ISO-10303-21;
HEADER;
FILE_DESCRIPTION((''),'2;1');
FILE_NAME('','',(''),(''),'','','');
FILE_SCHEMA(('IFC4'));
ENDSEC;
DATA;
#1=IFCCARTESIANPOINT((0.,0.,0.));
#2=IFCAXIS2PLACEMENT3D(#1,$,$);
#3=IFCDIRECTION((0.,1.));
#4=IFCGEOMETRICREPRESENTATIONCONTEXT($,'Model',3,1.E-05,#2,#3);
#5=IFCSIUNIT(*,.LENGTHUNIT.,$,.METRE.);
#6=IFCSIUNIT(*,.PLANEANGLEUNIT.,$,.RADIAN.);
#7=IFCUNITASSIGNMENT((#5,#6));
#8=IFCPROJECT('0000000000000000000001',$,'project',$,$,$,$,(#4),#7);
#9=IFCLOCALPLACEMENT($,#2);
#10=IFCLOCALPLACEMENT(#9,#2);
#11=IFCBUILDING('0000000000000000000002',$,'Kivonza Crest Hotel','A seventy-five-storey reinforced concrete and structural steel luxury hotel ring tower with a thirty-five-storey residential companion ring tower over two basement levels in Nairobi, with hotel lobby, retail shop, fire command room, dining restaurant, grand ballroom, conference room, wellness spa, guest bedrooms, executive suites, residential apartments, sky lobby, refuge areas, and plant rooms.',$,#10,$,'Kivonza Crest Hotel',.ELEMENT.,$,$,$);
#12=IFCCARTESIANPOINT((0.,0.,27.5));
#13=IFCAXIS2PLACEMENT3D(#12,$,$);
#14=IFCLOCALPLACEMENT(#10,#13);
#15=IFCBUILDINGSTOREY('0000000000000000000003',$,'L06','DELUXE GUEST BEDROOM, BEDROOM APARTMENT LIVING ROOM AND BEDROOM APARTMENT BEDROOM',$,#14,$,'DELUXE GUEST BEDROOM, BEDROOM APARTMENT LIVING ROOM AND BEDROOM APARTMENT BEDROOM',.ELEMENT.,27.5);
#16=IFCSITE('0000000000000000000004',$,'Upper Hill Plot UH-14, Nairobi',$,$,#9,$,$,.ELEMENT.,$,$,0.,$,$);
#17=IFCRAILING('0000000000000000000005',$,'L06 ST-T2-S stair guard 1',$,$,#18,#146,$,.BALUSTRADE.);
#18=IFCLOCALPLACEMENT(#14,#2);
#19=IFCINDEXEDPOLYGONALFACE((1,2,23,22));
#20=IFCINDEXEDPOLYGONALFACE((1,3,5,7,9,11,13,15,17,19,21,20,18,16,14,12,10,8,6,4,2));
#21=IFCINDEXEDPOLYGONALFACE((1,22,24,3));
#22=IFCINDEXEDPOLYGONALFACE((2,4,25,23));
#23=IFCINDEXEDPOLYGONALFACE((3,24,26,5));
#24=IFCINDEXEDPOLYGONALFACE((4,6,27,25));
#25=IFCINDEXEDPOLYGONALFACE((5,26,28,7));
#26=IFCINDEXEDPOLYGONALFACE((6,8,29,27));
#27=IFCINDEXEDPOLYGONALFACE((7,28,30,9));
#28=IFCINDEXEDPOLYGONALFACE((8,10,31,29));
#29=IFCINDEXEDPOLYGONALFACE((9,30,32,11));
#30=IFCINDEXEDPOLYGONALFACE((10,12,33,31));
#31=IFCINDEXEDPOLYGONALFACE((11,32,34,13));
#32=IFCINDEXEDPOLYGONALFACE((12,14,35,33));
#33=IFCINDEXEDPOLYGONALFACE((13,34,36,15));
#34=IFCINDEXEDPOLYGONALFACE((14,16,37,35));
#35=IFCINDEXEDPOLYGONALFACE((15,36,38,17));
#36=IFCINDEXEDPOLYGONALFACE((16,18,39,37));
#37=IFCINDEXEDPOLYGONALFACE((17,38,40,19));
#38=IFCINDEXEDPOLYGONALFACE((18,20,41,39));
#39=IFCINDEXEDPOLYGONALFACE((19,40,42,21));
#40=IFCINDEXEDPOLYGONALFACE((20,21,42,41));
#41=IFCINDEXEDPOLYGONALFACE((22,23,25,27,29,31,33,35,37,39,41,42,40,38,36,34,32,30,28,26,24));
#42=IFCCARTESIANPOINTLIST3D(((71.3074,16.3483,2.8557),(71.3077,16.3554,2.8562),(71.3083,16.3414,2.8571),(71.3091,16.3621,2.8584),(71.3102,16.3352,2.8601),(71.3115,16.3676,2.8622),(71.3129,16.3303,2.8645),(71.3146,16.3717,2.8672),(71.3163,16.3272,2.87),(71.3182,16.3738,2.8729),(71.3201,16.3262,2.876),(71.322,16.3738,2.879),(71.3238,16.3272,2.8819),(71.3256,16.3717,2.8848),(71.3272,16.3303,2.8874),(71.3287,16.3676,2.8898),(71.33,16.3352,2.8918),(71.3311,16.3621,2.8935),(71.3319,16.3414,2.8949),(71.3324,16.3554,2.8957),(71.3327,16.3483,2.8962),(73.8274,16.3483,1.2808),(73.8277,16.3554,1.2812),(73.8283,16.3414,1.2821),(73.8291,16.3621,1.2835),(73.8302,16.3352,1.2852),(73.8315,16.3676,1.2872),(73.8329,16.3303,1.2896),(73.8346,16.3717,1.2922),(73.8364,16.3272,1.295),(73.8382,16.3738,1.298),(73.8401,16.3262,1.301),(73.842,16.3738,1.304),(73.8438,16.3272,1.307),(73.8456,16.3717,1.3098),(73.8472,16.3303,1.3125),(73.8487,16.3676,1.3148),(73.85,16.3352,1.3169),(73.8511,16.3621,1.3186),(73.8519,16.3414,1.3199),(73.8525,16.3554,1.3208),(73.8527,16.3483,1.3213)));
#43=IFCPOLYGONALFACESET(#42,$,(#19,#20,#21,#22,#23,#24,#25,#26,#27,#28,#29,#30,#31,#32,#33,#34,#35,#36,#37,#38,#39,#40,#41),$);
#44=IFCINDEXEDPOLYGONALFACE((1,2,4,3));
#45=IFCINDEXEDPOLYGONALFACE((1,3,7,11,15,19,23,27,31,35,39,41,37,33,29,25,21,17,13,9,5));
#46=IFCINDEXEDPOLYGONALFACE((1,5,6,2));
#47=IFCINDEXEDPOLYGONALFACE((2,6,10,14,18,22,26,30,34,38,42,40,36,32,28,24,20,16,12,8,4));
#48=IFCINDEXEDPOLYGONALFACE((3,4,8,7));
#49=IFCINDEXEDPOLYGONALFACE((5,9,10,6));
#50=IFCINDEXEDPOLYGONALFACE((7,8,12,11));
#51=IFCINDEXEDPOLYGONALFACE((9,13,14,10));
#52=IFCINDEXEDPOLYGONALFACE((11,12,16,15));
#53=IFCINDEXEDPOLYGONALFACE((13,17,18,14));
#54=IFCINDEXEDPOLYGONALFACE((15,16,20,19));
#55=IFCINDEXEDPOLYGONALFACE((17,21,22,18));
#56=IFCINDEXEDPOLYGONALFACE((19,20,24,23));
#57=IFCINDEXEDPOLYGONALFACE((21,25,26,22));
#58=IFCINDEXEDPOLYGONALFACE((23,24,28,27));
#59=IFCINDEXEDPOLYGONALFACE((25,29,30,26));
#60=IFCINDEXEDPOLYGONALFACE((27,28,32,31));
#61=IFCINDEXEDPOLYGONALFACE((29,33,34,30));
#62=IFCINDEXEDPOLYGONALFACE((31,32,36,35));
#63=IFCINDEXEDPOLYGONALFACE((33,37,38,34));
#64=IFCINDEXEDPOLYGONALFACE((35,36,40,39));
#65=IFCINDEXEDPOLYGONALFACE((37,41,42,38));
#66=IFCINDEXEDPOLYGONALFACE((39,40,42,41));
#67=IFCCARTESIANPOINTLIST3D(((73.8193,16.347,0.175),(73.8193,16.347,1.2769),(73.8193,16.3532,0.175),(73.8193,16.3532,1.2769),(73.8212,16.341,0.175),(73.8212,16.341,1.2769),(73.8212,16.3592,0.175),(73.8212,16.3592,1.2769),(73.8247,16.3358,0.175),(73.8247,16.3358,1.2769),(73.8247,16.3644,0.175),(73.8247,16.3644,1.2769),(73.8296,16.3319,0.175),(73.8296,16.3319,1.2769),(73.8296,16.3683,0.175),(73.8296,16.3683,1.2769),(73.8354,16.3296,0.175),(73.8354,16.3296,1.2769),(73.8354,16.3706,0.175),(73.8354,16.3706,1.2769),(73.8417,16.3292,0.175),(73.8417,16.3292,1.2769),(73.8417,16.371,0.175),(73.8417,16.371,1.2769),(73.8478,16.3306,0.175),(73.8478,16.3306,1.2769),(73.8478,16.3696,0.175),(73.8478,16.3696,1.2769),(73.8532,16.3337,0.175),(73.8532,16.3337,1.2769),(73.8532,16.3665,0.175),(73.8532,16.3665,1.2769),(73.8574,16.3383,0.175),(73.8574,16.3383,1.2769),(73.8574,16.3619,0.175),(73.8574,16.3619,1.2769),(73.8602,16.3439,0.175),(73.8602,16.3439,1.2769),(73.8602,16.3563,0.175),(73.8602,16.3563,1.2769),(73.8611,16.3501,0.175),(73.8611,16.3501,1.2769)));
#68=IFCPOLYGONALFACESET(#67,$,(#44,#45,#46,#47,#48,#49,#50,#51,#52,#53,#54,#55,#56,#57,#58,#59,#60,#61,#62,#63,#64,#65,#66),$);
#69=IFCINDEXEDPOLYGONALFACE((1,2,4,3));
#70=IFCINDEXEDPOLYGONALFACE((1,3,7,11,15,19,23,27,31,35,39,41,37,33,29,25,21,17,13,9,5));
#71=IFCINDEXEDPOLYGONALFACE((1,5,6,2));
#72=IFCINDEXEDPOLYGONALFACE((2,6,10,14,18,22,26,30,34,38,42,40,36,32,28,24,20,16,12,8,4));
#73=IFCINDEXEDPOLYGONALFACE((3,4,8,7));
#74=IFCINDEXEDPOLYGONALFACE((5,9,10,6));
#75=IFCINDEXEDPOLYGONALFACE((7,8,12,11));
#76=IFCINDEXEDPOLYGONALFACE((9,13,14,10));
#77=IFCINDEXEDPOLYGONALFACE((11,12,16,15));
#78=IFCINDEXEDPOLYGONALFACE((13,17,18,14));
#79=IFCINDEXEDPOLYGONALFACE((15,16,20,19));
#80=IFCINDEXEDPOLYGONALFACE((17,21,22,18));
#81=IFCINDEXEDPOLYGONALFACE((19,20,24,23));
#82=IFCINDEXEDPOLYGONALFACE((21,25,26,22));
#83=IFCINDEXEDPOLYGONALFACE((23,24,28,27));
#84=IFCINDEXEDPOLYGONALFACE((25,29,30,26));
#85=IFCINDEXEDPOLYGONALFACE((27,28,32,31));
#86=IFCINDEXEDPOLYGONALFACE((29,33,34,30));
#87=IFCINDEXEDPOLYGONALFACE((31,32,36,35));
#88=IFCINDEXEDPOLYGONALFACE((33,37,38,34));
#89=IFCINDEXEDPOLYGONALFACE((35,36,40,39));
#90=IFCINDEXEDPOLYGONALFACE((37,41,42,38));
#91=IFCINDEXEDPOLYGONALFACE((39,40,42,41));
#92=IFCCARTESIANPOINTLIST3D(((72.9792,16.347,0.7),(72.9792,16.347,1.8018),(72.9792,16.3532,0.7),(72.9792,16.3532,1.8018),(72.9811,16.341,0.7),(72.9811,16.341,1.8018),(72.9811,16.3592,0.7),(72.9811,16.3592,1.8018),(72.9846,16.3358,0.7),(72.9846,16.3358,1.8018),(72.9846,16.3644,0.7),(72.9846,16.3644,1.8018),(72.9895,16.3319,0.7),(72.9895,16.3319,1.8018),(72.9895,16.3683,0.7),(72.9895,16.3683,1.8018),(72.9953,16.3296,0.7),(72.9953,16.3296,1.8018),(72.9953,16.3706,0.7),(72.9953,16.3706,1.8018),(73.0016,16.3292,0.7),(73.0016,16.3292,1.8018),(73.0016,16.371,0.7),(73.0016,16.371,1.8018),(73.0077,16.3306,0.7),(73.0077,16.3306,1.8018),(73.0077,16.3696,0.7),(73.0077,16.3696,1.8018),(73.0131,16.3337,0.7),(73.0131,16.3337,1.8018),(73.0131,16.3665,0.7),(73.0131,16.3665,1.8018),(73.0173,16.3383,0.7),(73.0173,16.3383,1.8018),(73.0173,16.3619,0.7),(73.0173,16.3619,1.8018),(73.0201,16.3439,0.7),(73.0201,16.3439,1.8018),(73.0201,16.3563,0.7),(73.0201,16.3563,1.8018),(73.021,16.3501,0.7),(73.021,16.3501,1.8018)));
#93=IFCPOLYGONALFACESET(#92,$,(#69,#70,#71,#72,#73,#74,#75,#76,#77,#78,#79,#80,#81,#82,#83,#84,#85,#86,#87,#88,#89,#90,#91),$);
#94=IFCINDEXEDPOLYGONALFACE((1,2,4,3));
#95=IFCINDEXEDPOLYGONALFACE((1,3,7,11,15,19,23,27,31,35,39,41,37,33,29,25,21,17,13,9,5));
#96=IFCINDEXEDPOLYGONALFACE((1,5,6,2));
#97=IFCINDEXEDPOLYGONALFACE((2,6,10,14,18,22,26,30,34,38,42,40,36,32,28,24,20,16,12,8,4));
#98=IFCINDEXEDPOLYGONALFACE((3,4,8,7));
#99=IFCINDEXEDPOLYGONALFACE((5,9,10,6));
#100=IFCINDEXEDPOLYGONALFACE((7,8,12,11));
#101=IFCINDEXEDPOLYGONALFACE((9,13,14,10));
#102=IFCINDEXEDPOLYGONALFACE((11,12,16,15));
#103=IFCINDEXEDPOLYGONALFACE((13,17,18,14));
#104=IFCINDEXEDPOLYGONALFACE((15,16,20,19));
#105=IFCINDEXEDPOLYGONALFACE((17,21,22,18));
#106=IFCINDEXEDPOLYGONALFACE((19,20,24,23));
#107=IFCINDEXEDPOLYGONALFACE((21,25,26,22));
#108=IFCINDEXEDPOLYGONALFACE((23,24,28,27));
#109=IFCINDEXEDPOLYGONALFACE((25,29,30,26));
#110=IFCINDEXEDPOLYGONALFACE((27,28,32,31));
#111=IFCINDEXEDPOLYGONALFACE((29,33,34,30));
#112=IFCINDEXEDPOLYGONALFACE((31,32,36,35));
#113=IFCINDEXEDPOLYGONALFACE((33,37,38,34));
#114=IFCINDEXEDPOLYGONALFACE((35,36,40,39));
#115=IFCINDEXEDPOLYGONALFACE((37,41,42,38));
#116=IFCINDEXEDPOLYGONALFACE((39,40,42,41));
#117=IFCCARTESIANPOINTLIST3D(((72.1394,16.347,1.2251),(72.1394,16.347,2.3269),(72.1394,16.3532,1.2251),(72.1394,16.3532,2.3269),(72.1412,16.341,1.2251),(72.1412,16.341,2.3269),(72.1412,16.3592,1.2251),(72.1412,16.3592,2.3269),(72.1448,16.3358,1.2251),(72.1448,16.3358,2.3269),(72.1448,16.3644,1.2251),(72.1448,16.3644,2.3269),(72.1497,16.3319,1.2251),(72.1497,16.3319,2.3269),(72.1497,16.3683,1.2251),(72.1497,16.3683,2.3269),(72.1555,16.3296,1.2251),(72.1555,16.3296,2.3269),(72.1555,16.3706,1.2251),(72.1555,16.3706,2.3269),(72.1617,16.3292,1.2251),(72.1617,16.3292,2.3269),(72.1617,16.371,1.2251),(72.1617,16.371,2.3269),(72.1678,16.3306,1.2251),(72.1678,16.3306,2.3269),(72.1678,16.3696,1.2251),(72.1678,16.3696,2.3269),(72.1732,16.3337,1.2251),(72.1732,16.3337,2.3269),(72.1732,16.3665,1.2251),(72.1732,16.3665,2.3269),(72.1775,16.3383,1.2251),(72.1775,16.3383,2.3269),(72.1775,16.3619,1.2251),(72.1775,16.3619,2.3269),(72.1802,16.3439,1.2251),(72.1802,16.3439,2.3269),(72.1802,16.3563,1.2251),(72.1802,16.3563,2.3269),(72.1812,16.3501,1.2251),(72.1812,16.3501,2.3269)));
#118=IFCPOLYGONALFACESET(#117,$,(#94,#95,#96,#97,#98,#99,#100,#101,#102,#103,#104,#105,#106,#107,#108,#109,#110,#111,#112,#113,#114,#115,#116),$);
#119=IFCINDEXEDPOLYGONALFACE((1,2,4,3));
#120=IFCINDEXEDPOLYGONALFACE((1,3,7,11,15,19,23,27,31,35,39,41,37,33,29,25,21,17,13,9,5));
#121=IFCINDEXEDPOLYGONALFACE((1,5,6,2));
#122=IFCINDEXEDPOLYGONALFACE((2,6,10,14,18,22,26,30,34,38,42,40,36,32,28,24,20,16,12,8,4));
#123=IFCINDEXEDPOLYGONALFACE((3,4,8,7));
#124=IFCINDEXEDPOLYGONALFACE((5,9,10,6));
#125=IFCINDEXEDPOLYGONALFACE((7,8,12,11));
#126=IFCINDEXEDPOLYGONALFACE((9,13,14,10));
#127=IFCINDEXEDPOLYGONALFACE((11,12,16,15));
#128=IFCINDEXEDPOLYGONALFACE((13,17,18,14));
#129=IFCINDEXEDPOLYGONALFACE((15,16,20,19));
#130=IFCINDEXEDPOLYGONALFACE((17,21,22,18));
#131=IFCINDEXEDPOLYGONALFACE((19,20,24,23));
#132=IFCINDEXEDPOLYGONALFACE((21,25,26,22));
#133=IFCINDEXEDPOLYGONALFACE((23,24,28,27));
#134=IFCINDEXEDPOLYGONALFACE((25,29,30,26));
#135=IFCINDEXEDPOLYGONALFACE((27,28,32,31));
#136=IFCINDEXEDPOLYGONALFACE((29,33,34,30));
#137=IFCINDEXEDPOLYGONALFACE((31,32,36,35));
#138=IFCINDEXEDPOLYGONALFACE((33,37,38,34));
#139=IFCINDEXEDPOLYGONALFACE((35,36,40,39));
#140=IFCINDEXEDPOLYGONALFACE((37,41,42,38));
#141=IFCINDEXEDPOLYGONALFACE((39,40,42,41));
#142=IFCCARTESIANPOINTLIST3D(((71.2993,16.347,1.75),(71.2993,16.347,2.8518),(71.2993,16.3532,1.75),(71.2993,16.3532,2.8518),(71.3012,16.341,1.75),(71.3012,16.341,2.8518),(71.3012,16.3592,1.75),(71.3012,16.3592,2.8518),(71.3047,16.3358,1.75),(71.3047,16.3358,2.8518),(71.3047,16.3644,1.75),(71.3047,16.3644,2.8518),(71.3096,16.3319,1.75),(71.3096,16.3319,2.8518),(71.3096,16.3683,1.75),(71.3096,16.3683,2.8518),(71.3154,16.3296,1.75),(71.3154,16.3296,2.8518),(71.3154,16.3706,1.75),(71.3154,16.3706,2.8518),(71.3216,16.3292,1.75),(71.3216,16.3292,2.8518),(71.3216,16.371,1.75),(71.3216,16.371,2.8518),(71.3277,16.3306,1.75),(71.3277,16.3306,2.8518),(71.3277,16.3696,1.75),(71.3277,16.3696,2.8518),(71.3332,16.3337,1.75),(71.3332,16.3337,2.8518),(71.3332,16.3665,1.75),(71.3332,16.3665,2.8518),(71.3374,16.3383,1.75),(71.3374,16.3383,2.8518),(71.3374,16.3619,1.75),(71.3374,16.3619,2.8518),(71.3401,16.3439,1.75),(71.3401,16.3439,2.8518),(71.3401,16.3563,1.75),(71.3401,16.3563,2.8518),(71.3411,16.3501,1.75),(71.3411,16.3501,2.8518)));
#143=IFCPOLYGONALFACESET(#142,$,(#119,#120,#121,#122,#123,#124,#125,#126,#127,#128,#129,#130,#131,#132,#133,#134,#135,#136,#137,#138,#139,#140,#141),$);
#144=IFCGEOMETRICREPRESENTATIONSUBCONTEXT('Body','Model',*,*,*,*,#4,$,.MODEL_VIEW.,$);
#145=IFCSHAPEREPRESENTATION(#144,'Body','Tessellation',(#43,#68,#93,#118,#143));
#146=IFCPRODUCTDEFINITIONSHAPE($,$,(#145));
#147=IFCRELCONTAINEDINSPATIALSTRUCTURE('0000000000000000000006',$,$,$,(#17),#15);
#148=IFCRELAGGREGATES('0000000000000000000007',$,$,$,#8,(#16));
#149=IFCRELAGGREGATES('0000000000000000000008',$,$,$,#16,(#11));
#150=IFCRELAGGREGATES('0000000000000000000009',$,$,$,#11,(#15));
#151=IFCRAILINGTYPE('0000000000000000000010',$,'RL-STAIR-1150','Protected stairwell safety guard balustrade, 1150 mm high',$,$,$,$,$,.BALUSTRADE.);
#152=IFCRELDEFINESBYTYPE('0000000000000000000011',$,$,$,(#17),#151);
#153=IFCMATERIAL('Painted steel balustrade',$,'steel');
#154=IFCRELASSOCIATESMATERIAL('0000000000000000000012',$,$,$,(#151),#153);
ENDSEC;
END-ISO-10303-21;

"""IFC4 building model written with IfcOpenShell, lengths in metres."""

from ifc_helpers import new_model, si_unit, direction, frame, origin, origin_2d, place, context, subcontext, project, spatial, circle, extrude, material, type_object, element, save


model = new_model("IFC4")

# Units and contexts
model_context = context("Model", 3, precision=1e-05, world=origin(), true_north=direction((0.0, 1.0)))
body_context = subcontext(model_context, "Body", "Model", "MODEL_VIEW")
ifc_project = project(units=[si_unit("LENGTHUNIT", "METRE"), si_unit("PLANEANGLEUNIT", "RADIAN")], contexts=[model_context])

# Site, building, storey
site_placement = place(None, origin())
site = spatial("IfcSite", under=ifc_project, at=site_placement, Name="Upper Hill Plot UH-14, Nairobi", CompositionType="ELEMENT", RefElevation=0.0)
building_placement = place(site_placement, origin())
building = spatial("IfcBuilding", under=site, at=building_placement, Name="Kivonza Crest Hotel", Description="A seventy-five-storey reinforced concrete and structural steel luxury hotel ring tower with a thirty-five-storey residential companion ring tower over two basement levels in Nairobi, with hotel lobby, retail shop, fire command room, dining restaurant, grand ballroom, conference room, wellness spa, guest bedrooms, executive suites, residential apartments, sky lobby, refuge areas, and plant rooms.", LongName="Kivonza Crest Hotel", CompositionType="ELEMENT")
storey_placement = place(building_placement, frame((0.0, 0.0, 27.5)))
storey = spatial("IfcBuildingStorey", under=building, at=storey_placement, Name="L06", Description="DELUXE GUEST BEDROOM, BEDROOM APARTMENT LIVING ROOM AND BEDROOM APARTMENT BEDROOM", LongName="DELUXE GUEST BEDROOM, BEDROOM APARTMENT LIVING ROOM AND BEDROOM APARTMENT BEDROOM", CompositionType="ELEMENT", Elevation=27.5)

# Railing
ifc_material_1 = material(Name="Painted steel balustrade", Category="steel")
railing_type_1 = type_object("IfcRailingType", Name="RL-STAIR-1150", Description="Protected stairwell safety guard balustrade, 1150 mm high", PredefinedType="BALUSTRADE", material=ifc_material_1)
railing_1_placement = place(storey_placement, frame((73.8401, 16.3501, 0.175)))
element("IfcRailing", 1, at=railing_1_placement, inside=storey, type_object=railing_type_1, Name="L06 ST-T2-S stair guard 1", PredefinedType="BALUSTRADE", context=body_context, shape_type="SweptSolid", body=[
    extrude(circle(Radius=0.0239, at=origin_2d()), frame((0.0, 0.0, 1.126), z_axis=(-0.848008, 0.0, 0.529984), x_axis=(0.0, -1.0, 0.0)), (0.0, 0.0, 1.0), 2.9717),
    extrude(circle(Radius=0.021, at=origin_2d()), origin(), (0.0, 0.0, 1.0), 1.1018),
    extrude(circle(Radius=0.021, at=origin_2d()), frame((-0.8401, 0.0, 0.5249)), (0.0, 0.0, 1.0), 1.1018),
    extrude(circle(Radius=0.021, at=origin_2d()), frame((-1.6799, 0.0, 1.05)), (0.0, 0.0, 1.0), 1.1018),
    extrude(circle(Radius=0.021, at=origin_2d()), frame((-2.52, 0.0, 1.575)), (0.0, 0.0, 1.0), 1.1018),
])

save(model, "model.ifc")
